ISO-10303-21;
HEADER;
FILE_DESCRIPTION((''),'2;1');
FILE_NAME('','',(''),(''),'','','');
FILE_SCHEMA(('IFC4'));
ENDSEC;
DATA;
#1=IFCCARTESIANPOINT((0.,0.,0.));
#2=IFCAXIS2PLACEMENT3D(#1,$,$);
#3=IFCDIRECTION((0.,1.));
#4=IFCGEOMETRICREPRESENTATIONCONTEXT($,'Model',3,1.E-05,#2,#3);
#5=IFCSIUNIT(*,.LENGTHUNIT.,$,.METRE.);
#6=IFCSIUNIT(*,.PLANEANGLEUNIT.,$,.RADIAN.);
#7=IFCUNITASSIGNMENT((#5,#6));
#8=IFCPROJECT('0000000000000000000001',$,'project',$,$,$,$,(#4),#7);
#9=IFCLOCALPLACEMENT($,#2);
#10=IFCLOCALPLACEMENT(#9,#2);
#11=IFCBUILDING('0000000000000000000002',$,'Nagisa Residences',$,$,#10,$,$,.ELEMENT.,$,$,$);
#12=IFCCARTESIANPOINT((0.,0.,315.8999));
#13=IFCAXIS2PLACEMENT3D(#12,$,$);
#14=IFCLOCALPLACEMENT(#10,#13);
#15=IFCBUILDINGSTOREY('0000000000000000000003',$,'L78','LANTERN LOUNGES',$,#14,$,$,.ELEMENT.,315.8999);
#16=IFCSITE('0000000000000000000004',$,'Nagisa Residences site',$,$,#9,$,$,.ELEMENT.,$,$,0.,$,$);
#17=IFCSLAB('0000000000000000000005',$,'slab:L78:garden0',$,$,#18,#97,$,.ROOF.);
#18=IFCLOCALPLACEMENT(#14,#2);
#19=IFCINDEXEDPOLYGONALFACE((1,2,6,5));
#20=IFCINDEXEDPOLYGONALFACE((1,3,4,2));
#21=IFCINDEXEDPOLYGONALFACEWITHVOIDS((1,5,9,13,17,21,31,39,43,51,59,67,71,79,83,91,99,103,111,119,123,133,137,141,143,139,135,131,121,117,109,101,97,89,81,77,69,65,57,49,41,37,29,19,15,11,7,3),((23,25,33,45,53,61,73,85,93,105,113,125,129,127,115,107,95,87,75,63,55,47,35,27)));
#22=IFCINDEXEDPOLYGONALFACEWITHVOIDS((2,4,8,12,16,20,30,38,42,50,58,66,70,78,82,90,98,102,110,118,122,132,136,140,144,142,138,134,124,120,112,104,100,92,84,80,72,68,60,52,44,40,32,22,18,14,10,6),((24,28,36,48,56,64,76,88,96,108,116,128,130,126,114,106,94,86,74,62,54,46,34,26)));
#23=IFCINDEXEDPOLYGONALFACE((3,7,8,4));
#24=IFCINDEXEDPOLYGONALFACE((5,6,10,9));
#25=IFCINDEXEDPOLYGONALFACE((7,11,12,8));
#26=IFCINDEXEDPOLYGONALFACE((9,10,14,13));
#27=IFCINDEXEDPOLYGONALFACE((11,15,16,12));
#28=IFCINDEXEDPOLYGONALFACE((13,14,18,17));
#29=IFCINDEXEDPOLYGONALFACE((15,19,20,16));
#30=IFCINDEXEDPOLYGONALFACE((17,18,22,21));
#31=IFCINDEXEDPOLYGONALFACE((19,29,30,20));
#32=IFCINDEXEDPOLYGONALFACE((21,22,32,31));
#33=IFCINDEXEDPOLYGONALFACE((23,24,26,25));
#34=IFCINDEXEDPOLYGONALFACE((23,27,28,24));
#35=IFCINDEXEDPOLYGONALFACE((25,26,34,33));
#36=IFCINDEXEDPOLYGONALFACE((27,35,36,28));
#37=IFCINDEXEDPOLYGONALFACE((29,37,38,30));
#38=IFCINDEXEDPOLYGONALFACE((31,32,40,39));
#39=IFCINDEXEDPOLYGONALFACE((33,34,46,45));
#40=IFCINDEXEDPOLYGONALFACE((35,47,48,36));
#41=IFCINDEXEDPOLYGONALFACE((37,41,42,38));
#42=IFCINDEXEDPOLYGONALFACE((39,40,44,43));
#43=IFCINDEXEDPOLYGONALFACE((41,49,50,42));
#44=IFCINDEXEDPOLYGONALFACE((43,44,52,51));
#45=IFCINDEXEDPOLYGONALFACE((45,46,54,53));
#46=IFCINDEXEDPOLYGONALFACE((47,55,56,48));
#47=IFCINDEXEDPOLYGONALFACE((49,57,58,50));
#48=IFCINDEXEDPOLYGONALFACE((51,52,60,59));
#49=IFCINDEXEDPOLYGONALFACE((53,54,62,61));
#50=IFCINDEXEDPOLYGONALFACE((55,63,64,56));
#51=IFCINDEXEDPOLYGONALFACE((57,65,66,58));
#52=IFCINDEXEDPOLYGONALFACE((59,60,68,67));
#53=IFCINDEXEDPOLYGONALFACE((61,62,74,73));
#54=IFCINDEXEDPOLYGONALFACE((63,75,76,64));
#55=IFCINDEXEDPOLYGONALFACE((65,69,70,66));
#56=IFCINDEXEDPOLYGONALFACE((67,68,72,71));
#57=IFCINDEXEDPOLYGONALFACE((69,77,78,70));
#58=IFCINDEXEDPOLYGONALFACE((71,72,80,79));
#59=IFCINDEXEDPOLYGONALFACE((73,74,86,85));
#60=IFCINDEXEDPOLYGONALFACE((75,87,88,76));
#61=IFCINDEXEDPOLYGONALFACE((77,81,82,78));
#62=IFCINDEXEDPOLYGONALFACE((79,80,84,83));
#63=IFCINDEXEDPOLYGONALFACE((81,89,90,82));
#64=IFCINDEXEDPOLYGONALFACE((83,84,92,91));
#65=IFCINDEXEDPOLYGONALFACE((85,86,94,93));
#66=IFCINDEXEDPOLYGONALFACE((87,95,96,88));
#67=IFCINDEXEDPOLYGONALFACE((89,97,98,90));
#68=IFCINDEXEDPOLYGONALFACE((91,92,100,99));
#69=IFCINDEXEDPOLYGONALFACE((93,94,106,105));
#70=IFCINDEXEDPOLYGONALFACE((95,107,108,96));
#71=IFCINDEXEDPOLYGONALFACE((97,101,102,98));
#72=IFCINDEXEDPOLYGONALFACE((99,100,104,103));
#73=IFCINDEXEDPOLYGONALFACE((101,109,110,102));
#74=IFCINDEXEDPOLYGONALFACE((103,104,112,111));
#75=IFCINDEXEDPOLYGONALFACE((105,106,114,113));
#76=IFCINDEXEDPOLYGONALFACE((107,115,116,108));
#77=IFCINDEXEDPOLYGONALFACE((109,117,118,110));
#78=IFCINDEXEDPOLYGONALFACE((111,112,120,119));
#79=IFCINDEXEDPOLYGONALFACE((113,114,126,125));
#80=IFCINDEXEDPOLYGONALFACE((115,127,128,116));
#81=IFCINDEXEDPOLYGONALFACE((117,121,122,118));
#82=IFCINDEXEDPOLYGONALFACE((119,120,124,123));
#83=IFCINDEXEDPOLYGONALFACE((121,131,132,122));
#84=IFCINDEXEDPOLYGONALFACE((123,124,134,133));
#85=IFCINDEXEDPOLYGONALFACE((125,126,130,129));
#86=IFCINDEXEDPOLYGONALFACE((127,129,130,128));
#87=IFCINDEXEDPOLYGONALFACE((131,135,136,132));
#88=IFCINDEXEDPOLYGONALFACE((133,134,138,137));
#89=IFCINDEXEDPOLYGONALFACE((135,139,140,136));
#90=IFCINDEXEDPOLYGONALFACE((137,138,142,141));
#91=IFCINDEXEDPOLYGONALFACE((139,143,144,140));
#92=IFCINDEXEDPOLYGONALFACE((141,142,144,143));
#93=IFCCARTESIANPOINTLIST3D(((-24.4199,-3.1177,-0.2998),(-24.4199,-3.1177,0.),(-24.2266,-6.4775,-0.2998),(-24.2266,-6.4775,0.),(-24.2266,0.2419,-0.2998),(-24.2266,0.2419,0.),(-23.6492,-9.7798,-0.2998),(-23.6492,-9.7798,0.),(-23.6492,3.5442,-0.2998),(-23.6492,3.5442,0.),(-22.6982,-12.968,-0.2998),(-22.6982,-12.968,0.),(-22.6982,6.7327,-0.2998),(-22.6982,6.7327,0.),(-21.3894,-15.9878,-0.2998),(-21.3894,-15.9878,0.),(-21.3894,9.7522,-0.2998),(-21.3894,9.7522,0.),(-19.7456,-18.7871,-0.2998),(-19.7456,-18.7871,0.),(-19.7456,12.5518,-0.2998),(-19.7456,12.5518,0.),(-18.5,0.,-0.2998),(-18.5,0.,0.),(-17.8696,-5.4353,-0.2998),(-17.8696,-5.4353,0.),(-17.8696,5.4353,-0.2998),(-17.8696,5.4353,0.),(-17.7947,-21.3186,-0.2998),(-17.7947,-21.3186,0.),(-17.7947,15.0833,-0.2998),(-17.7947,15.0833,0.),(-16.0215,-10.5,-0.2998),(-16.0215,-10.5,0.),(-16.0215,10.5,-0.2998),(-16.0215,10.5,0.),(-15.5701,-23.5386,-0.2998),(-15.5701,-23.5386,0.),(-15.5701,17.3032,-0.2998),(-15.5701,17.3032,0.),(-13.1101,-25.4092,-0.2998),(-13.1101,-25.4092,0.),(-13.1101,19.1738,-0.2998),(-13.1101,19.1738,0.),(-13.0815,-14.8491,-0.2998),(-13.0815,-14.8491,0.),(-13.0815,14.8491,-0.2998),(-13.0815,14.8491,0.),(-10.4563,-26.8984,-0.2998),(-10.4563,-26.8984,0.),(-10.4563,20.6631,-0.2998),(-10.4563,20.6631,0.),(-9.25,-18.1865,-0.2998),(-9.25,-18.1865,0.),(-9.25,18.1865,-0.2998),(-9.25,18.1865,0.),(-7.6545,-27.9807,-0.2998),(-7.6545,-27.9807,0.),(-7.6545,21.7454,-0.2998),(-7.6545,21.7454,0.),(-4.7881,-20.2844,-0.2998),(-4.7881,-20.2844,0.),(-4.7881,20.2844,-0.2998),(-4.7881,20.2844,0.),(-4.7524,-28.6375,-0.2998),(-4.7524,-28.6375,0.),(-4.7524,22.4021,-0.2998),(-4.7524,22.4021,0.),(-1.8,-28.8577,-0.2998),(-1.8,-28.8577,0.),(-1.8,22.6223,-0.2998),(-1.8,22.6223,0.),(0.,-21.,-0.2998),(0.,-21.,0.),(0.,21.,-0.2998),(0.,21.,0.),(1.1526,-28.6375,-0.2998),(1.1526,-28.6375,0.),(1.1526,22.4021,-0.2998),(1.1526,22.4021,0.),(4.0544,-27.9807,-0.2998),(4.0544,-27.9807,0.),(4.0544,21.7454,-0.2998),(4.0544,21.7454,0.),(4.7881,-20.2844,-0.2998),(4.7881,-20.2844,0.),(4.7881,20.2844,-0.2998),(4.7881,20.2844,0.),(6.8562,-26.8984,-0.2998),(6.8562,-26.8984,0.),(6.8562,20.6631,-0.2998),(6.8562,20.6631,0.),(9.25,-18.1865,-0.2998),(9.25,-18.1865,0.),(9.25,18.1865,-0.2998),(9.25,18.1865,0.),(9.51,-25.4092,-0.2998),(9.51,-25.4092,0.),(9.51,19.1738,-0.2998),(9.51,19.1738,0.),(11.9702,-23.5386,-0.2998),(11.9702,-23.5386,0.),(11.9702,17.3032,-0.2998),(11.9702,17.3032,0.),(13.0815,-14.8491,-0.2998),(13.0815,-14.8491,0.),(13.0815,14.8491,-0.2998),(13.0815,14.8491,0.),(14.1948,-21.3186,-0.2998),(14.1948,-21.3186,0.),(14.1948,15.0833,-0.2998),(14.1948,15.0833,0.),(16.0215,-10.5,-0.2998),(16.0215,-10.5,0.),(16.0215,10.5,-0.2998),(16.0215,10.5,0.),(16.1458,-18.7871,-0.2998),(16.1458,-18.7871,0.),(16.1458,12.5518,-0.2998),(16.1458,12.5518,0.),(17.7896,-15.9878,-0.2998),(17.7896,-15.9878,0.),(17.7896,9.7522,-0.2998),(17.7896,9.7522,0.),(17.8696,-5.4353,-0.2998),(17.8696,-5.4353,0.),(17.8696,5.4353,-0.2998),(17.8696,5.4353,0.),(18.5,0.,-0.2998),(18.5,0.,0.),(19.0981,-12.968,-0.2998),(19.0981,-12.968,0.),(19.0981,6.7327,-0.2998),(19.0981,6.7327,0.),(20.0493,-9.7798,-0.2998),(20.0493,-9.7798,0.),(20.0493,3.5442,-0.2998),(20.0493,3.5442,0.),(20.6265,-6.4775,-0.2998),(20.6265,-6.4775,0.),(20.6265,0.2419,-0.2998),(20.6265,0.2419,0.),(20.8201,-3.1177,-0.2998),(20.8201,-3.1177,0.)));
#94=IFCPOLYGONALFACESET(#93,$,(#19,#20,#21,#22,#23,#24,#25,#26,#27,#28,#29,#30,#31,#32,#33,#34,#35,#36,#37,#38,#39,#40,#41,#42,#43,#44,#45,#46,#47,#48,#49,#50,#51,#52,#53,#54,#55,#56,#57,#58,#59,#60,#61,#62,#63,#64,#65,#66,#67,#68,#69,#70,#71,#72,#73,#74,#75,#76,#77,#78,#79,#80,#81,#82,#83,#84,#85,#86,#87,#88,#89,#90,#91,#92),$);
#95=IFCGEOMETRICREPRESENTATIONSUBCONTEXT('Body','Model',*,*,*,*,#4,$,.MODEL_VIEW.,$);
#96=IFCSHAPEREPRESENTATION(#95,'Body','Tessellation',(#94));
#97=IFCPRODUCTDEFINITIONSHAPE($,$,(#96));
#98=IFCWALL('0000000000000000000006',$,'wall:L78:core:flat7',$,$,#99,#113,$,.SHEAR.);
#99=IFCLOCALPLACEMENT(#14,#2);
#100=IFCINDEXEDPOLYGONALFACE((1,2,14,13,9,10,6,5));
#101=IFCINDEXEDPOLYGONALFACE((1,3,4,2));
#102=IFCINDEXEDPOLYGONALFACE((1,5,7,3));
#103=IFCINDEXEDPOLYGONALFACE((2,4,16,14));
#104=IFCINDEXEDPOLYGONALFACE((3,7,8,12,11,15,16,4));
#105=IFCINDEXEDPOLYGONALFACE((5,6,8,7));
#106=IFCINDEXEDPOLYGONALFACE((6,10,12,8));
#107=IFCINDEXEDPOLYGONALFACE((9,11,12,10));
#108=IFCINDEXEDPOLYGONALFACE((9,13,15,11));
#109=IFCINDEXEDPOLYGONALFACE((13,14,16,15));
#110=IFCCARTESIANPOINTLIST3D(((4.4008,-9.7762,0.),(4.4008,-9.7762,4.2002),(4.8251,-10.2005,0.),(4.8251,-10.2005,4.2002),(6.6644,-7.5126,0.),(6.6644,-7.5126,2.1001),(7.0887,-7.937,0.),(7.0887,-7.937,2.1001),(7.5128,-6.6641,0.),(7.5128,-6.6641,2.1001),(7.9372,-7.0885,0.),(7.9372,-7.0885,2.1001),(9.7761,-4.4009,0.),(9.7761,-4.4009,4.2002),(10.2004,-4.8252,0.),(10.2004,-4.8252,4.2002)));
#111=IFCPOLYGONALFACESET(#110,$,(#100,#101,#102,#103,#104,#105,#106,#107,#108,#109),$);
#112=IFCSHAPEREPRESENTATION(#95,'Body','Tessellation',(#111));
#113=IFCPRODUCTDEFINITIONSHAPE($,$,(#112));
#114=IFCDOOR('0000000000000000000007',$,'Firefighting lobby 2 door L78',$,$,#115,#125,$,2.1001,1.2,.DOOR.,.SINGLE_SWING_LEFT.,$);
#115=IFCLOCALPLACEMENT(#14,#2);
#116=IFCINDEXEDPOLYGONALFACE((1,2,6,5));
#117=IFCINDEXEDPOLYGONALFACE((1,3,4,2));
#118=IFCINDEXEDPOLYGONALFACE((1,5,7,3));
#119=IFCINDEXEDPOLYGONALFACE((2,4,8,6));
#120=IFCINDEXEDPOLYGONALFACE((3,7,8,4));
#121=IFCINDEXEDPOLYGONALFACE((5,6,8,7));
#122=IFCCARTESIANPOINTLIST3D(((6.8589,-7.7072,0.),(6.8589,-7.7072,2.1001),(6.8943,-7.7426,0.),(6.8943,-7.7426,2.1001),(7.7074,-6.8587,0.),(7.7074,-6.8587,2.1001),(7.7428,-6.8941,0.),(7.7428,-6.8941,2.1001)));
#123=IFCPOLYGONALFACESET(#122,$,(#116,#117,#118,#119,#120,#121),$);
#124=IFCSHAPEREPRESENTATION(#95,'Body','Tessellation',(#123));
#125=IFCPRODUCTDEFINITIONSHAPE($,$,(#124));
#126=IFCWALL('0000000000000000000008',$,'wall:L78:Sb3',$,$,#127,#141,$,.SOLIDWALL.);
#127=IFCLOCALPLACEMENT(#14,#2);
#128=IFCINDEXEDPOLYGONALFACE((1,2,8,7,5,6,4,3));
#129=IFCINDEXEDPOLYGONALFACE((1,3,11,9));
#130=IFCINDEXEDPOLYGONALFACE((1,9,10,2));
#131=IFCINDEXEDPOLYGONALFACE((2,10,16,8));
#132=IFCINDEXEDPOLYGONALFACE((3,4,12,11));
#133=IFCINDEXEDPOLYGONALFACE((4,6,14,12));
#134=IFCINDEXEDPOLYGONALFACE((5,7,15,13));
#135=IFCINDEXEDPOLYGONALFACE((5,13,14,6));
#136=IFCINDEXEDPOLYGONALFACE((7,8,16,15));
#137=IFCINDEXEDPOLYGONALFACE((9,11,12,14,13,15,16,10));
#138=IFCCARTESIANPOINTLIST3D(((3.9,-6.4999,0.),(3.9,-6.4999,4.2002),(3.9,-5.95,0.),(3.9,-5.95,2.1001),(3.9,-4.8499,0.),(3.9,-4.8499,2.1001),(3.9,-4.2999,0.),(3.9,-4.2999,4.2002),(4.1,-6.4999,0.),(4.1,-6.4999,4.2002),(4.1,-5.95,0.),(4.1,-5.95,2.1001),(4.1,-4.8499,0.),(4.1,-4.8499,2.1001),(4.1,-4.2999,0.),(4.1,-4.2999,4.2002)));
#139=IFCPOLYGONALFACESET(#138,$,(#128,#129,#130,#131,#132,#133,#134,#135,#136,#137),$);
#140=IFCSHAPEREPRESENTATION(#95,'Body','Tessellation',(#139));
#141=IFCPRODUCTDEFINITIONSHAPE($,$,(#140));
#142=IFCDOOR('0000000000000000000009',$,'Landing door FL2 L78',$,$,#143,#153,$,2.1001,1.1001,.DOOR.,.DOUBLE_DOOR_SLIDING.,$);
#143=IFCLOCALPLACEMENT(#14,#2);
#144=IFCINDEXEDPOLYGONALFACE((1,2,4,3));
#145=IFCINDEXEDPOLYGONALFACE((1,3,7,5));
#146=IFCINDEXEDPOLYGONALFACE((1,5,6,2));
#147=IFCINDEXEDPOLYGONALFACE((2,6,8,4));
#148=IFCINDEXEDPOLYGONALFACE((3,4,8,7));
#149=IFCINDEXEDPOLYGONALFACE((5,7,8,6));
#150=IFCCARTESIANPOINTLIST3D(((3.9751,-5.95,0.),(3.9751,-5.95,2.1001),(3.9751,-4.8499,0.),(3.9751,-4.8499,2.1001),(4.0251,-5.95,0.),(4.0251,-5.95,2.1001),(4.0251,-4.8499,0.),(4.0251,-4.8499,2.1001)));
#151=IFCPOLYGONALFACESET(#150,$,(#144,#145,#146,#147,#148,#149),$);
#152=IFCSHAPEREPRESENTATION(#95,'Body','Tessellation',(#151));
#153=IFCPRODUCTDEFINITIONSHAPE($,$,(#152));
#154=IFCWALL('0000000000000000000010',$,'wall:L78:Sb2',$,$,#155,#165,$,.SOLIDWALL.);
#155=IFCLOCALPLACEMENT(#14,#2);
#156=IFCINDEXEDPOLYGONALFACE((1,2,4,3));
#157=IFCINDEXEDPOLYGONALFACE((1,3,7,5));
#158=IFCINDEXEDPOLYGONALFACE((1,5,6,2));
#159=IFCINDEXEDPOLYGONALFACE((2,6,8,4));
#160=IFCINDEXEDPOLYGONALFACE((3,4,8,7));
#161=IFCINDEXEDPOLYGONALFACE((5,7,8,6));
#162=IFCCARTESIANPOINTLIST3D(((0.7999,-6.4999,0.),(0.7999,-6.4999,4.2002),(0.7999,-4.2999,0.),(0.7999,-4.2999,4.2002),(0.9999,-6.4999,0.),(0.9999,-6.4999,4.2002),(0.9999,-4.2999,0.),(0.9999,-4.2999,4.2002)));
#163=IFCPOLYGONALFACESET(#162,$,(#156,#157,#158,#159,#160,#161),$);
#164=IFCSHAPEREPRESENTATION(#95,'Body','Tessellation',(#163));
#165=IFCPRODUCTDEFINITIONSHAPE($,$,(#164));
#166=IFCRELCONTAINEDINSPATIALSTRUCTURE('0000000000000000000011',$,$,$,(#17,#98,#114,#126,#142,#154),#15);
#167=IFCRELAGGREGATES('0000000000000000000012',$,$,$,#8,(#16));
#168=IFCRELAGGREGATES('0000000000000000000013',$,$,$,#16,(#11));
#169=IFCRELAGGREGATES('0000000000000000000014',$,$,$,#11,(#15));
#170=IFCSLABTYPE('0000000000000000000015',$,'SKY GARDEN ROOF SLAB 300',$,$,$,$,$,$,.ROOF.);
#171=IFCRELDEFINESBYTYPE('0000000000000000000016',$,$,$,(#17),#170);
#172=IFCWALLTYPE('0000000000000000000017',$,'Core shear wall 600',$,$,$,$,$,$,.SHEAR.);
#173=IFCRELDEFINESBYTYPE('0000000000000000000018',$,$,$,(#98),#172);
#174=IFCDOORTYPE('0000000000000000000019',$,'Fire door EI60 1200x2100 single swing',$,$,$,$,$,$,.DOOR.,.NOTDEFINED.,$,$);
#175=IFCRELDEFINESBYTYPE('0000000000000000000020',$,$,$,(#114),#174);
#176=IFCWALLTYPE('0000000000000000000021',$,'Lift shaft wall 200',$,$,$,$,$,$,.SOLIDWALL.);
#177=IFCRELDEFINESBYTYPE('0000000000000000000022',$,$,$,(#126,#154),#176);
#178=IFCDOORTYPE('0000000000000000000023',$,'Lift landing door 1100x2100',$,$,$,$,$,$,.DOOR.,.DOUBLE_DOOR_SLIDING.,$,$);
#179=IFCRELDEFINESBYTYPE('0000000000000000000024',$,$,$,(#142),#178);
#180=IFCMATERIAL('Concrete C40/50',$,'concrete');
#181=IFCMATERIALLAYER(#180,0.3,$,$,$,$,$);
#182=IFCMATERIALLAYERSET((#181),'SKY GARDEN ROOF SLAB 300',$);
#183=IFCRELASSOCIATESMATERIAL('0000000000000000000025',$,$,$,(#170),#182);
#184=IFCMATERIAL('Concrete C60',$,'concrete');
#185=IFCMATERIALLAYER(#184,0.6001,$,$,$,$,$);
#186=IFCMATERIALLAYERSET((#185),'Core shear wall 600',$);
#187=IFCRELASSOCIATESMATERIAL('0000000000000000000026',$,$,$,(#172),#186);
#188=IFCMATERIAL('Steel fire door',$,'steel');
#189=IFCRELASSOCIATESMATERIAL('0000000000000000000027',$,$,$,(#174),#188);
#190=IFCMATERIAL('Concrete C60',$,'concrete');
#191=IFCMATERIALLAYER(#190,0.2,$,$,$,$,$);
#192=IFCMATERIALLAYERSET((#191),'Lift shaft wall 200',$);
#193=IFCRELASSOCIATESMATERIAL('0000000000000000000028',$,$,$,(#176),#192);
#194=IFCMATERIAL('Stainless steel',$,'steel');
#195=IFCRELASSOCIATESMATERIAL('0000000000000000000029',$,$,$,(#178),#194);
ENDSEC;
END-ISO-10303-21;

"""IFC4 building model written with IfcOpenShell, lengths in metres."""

from ifc_helpers import new_model, si_unit, direction, frame, frame_2d, origin, place, context, subcontext, project, spatial, polyline, rectangle, outline, extrude, material, layer, layer_set, type_object, element, fill, save


model = new_model("IFC4")

# Units and contexts
model_context = context("Model", 3, precision=1e-05, world=origin(), true_north=direction((0.0, 1.0)))
body_context = subcontext(model_context, "Body", "Model", "MODEL_VIEW")
ifc_project = project(units=[si_unit("LENGTHUNIT", "METRE"), si_unit("PLANEANGLEUNIT", "RADIAN")], contexts=[model_context])

# Site, building, storey
site_placement = place(None, origin())
site = spatial("IfcSite", under=ifc_project, at=site_placement, Name="Nagisa Residences site", CompositionType="ELEMENT", RefElevation=0.0)
building_placement = place(site_placement, origin())
building = spatial("IfcBuilding", under=site, at=building_placement, Name="Nagisa Residences", CompositionType="ELEMENT")
storey_placement = place(building_placement, frame((0.0, 0.0, 315.8999)))
storey = spatial("IfcBuildingStorey", under=building, at=storey_placement, Name="L78", Description="LANTERN LOUNGES", CompositionType="ELEMENT", Elevation=315.8999)

# Slab
ifc_material_1 = material(Name="Concrete C40/50", Category="concrete")
ifc_layer_1 = layer(ifc_material_1, 0.3)
ifc_layer_set_1 = layer_set([ifc_layer_1], Name="SKY GARDEN ROOF SLAB 300")
slab_type_1 = type_object("IfcSlabType", Name="SKY GARDEN ROOF SLAB 300", PredefinedType="ROOF", material=ifc_layer_set_1)
slab_1_placement = place(storey_placement, frame((0.0, 0.0, -0.2998)))
element("IfcSlab", 1, at=slab_1_placement, inside=storey, type_object=slab_type_1, Name="slab:L78:garden0", PredefinedType="ROOF", context=body_context, shape_type="SweptSolid", body=[
    extrude(outline(polyline([(20.6265, -6.4775), (20.8201, -3.1177), (20.6265, 0.2419), (20.0493, 3.5442), (19.0981, 6.7327), (17.7896, 9.7522), (16.1458, 12.5518), (14.1948, 15.0833), (11.9702, 17.3032), (9.51, 19.1738), (6.8562, 20.6631), (4.0544, 21.7454), (1.1526, 22.4021), (-1.8, 22.6223), (-4.7524, 22.4021), (-7.6545, 21.7454), (-10.4563, 20.6631), (-13.1101, 19.1738), (-15.5701, 17.3032), (-17.7947, 15.0833), (-19.7456, 12.5518), (-21.3894, 9.7522), (-22.6982, 6.7327), (-23.6492, 3.5442), (-24.2266, 0.2419), (-24.4199, -3.1177), (-24.2266, -6.4775), (-23.6492, -9.7798), (-22.6982, -12.968), (-21.3894, -15.9878), (-19.7456, -18.7871), (-17.7947, -21.3186), (-15.5701, -23.5386), (-13.1101, -25.4092), (-10.4563, -26.8984), (-7.6545, -27.9807), (-4.7524, -28.6375), (-1.8, -28.8577), (1.1526, -28.6375), (4.0544, -27.9807), (6.8562, -26.8984), (9.51, -25.4092), (11.9702, -23.5386), (14.1948, -21.3186), (16.1458, -18.7871), (17.7896, -15.9878), (19.0981, -12.968), (20.0493, -9.7798), (20.6265, -6.4775)]), holes=[polyline([(16.0215, 10.5), (13.0815, 14.8491), (9.25, 18.1865), (4.7881, 20.2844), (0.0, 21.0), (-4.7881, 20.2844), (-9.25, 18.1865), (-13.0815, 14.8491), (-16.0215, 10.5), (-17.8696, 5.4353), (-18.5, 0.0), (-17.8696, -5.4353), (-16.0215, -10.5), (-13.0815, -14.8491), (-9.25, -18.1865), (-4.7881, -20.2844), (0.0, -21.0), (4.7881, -20.2844), (9.25, -18.1865), (13.0815, -14.8491), (16.0215, -10.5), (17.8696, -5.4353), (18.5, 0.0), (17.8696, 5.4353), (16.0215, 10.5)])]), origin(), (0.0, 0.0, 1.0), 0.2998),
])

# Walls, openings, doors
ifc_material_2 = material(Name="Concrete C60", Category="concrete")
ifc_layer_2 = layer(ifc_material_2, 0.6001)
ifc_layer_set_2 = layer_set([ifc_layer_2], Name="Core shear wall 600")
wall_type_1 = type_object("IfcWallType", Name="Core shear wall 600", PredefinedType="SHEAR", material=ifc_layer_set_2)
wall_1_placement = place(storey_placement, frame((4.613, -9.9883, 0.0), z_axis=(0.0, 0.0, 1.0), x_axis=(0.707107, 0.707107, 0.0)))
wall_1 = element("IfcWall", 2, at=wall_1_placement, inside=storey, type_object=wall_type_1, Name="wall:L78:core:flat7", PredefinedType="SHEAR", context=body_context, shape_type="SweptSolid", body=[
    extrude(rectangle(XDim=7.6018, YDim=0.6001, at=frame_2d((3.8008, 0.0))), origin(), (0.0, 0.0, 1.0), 4.2002),
])
opening_1_placement = place(wall_1_placement, frame((3.2009, 0.0, 0.0)))
opening_1 = element("IfcOpeningElement", 3, at=opening_1_placement, cuts=wall_1, PredefinedType="OPENING", context=body_context, shape_type="SweptSolid", body=[
    extrude(rectangle(XDim=1.2, YDim=2.1001, at=frame_2d((0.6001, 1.05))), frame((0.0, 0.3101, 0.0), z_axis=(0.0, -1.0, 0.0), x_axis=(1.0, 0.0, 0.0)), (0.0, 0.0, 1.0), 0.6201),
])
ifc_material_3 = material(Name="Steel fire door", Category="steel")
door_type_1 = type_object("IfcDoorType", Name="Fire door EI60 1200x2100 single swing", OperationType="NOTDEFINED", PredefinedType="DOOR", material=ifc_material_3)
door_1_placement = place(opening_1_placement, origin())
door_1 = element("IfcDoor", 4, at=door_1_placement, inside=storey, type_object=door_type_1, Name="Firefighting lobby 2 door L78", OperationType="SINGLE_SWING_LEFT", OverallHeight=2.1001, OverallWidth=1.2, PredefinedType="DOOR", context=body_context, shape_type="SweptSolid", body=[
    extrude(rectangle(XDim=1.2, YDim=2.1001, at=frame_2d((0.6001, 1.05))), frame((0.0, 0.0249, 0.0), z_axis=(0.0, -1.0, 0.0), x_axis=(1.0, 0.0, 0.0)), (0.0, 0.0, 1.0), 0.05),
])
fill(opening_1, door_1)
ifc_material_4 = material(Name="Concrete C60", Category="concrete")
ifc_layer_3 = layer(ifc_material_4, 0.2)
ifc_layer_set_3 = layer_set([ifc_layer_3], Name="Lift shaft wall 200")
wall_type_2 = type_object("IfcWallType", Name="Lift shaft wall 200", PredefinedType="SOLIDWALL", material=ifc_layer_set_3)
wall_2_placement = place(storey_placement, frame((4.0, -6.5, 0.0), z_axis=(0.0, 0.0, 1.0), x_axis=(0.0, 1.0, 0.0)))
wall_2 = element("IfcWall", 5, at=wall_2_placement, inside=storey, type_object=wall_type_2, Name="wall:L78:Sb3", PredefinedType="SOLIDWALL", context=body_context, shape_type="SweptSolid", body=[
    extrude(rectangle(XDim=2.2, YDim=0.2, at=frame_2d((1.1001, 0.0))), origin(), (0.0, 0.0, 1.0), 4.2002),
])
opening_2_placement = place(wall_2_placement, frame((0.55, 0.0, 0.0)))
opening_2 = element("IfcOpeningElement", 6, at=opening_2_placement, cuts=wall_2, PredefinedType="OPENING", context=body_context, shape_type="SweptSolid", body=[
    extrude(rectangle(XDim=1.1001, YDim=2.1001, at=frame_2d((0.55, 1.05))), frame((0.0, 0.1099, 0.0), z_axis=(0.0, -1.0, 0.0), x_axis=(1.0, 0.0, 0.0)), (0.0, 0.0, 1.0), 0.22),
])
ifc_material_5 = material(Name="Stainless steel", Category="steel")
door_type_2 = type_object("IfcDoorType", Name="Lift landing door 1100x2100", OperationType="DOUBLE_DOOR_SLIDING", PredefinedType="DOOR", material=ifc_material_5)
door_2_placement = place(opening_2_placement, origin())
door_2 = element("IfcDoor", 7, at=door_2_placement, inside=storey, type_object=door_type_2, Name="Landing door FL2 L78", OperationType="DOUBLE_DOOR_SLIDING", OverallHeight=2.1001, OverallWidth=1.1001, PredefinedType="DOOR", context=body_context, shape_type="SweptSolid", body=[
    extrude(rectangle(XDim=1.1001, YDim=2.1001, at=frame_2d((0.55, 1.05))), frame((0.0, 0.0249, 0.0), z_axis=(0.0, -1.0, 0.0), x_axis=(1.0, 0.0, 0.0)), (0.0, 0.0, 1.0), 0.05),
])
fill(opening_2, door_2)

# Wall
wall_3_placement = place(storey_placement, frame((0.8999, -6.5, 0.0), z_axis=(0.0, 0.0, 1.0), x_axis=(0.0, 1.0, 0.0)))
element("IfcWall", 8, at=wall_3_placement, inside=storey, type_object=wall_type_2, Name="wall:L78:Sb2", PredefinedType="SOLIDWALL", context=body_context, shape_type="SweptSolid", body=[
    extrude(rectangle(XDim=2.2, YDim=0.2, at=frame_2d((1.1001, 0.0))), origin(), (0.0, 0.0, 1.0), 4.2002),
])

save(model, "model.ifc")
